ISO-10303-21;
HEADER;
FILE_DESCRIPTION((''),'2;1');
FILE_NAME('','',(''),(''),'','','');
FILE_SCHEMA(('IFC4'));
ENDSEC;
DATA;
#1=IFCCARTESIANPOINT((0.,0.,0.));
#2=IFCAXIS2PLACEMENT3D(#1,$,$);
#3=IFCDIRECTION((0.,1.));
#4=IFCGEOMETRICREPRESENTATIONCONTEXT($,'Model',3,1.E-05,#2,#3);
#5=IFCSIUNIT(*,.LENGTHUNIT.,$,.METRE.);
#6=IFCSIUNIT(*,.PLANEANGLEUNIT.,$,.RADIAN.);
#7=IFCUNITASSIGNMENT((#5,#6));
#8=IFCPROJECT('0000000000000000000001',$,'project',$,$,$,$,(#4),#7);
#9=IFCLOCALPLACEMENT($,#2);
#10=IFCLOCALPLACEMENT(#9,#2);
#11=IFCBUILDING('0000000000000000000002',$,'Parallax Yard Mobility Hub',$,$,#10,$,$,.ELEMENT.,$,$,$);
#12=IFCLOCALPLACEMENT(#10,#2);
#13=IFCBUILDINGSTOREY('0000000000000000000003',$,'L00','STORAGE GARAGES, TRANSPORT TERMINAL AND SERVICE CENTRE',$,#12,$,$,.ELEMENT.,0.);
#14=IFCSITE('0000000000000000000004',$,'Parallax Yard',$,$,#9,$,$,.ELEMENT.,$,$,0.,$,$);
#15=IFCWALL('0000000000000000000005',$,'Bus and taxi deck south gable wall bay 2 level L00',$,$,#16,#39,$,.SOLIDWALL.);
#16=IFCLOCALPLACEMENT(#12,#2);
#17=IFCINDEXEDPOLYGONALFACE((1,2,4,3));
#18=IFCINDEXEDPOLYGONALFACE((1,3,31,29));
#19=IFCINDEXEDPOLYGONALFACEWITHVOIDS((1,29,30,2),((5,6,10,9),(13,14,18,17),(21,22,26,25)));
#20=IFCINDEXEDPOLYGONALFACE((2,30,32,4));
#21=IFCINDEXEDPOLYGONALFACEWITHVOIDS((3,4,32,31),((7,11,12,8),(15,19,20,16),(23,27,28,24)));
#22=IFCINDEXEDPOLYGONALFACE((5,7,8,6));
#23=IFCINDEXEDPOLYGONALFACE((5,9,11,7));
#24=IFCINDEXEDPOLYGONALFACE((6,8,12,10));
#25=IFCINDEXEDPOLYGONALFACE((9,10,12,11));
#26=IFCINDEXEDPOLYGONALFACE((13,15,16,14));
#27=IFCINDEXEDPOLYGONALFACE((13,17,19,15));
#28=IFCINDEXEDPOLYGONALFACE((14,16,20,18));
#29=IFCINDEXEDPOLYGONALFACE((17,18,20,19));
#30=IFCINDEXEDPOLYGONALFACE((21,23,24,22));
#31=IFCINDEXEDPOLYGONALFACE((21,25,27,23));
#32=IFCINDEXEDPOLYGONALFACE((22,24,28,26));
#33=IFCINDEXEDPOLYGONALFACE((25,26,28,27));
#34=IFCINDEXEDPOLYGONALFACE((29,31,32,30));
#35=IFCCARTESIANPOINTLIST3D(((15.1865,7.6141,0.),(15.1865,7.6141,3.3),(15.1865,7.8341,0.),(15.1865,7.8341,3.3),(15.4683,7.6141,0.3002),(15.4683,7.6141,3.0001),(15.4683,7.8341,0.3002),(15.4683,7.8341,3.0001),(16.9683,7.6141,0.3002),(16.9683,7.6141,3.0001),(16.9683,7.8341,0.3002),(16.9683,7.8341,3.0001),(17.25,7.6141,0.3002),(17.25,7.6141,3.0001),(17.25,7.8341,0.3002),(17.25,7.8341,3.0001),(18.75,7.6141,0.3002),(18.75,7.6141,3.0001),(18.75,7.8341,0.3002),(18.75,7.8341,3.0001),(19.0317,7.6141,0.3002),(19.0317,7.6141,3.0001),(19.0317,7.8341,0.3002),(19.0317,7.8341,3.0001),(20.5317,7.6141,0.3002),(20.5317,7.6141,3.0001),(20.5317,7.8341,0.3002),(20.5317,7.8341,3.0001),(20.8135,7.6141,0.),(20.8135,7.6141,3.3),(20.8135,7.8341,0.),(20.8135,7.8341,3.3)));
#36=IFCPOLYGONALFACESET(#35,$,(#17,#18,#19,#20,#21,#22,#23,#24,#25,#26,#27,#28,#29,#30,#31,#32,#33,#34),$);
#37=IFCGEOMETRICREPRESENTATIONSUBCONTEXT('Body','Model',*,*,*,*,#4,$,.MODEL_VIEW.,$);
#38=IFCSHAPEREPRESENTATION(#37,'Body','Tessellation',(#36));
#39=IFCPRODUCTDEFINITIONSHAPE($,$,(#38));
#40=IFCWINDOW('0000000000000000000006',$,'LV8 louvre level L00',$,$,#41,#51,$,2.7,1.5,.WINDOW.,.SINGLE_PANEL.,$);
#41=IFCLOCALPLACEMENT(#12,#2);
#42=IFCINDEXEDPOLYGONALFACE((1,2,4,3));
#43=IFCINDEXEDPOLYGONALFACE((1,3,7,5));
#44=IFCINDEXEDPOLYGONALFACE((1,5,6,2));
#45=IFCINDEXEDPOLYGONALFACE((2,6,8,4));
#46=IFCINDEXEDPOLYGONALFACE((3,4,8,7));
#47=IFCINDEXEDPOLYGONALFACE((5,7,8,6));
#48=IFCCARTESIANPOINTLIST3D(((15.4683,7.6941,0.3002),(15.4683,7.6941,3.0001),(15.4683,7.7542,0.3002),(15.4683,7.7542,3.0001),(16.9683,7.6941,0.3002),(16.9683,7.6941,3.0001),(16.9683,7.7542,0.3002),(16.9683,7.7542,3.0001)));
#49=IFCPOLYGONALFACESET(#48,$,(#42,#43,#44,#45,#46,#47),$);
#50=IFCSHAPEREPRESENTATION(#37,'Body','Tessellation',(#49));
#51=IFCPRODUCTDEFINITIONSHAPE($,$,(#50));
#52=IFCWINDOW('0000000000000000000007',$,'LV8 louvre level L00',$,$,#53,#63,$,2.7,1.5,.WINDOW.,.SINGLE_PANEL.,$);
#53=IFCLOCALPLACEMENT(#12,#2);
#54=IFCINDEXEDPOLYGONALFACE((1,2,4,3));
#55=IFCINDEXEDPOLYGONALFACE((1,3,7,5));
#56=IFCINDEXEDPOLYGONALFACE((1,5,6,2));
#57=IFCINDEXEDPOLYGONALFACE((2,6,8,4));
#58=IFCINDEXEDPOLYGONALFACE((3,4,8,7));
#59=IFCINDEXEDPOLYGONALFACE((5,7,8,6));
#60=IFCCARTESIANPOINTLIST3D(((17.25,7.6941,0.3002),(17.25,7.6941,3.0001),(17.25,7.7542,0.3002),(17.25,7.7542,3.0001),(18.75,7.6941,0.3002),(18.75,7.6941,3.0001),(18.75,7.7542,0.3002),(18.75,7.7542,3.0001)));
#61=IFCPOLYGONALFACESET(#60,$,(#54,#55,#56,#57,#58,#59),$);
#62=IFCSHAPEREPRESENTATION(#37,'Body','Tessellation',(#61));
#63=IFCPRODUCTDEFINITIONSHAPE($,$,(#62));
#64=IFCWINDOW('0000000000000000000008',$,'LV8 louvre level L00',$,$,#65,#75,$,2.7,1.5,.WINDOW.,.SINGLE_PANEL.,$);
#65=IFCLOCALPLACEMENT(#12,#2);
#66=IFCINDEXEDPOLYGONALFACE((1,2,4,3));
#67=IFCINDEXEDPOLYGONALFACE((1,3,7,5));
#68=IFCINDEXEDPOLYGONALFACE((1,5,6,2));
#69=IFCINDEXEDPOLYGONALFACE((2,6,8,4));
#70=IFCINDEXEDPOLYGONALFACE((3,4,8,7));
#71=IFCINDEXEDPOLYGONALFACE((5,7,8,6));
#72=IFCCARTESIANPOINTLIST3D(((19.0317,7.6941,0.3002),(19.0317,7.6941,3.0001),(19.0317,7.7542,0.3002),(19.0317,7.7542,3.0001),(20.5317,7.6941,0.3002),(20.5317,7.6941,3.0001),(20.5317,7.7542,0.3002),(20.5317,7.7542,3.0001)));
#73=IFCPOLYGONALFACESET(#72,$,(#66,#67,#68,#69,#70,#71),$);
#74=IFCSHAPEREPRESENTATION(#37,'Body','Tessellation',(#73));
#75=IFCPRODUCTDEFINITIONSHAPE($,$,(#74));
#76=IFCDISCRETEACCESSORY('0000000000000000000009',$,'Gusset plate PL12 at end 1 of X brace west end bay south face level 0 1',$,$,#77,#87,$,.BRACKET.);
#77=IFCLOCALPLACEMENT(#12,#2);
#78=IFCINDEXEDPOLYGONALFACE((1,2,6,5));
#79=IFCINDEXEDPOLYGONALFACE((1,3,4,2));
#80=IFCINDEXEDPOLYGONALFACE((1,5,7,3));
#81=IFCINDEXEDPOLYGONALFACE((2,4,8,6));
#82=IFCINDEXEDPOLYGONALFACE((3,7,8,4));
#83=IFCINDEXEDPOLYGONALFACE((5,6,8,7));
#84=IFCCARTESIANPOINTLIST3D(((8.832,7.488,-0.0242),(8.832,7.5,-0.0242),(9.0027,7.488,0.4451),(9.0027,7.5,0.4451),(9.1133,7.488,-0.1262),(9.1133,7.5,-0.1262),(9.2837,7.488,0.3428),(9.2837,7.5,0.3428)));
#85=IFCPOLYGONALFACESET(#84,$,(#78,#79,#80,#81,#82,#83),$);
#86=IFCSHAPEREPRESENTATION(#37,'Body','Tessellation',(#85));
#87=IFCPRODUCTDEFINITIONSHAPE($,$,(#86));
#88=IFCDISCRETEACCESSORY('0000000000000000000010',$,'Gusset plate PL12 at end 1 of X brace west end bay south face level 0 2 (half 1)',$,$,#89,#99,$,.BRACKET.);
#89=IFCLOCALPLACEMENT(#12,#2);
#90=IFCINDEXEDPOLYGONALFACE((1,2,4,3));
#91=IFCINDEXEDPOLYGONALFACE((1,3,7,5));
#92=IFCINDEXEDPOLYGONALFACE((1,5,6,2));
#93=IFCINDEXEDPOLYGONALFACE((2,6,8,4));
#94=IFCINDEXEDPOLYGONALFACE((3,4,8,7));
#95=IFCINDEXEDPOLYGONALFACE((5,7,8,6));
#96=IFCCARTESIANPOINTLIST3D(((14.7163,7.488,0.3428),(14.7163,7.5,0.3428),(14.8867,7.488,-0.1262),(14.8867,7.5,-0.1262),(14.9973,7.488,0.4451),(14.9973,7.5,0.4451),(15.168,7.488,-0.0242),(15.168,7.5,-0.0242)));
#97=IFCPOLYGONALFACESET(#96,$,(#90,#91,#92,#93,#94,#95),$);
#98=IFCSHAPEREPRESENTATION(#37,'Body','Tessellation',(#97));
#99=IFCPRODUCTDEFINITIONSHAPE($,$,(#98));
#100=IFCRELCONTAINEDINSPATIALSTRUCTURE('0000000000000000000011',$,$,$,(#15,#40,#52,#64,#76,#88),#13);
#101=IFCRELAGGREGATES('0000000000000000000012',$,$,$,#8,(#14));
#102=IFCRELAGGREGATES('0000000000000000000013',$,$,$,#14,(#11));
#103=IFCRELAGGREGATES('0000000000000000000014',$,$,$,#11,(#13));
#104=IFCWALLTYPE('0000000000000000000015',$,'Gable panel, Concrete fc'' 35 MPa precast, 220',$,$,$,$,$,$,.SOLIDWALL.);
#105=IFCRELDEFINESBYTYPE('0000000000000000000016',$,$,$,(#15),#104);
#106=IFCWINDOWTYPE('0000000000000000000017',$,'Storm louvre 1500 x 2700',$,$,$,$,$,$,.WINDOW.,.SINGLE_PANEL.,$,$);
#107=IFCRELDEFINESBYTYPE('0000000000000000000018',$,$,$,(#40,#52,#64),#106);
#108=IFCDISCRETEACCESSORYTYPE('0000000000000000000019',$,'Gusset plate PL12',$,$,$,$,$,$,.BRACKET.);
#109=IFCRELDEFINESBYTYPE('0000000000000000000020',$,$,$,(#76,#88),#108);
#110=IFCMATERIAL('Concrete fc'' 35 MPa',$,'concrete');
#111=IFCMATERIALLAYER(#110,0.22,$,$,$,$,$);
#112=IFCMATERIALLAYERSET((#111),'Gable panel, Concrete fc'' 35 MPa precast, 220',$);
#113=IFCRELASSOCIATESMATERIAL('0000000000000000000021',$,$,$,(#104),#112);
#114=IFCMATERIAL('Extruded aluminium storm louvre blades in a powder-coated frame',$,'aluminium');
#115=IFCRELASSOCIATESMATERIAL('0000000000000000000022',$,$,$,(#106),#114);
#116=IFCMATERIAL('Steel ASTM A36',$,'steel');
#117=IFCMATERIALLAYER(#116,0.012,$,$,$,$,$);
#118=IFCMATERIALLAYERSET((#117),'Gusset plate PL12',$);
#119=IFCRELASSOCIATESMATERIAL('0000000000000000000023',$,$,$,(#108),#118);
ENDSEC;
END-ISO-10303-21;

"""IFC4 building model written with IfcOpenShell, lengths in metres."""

from ifc_helpers import new_model, si_unit, direction, frame, frame_2d, origin, place, context, subcontext, project, spatial, polyline, rectangle, outline, extrude, material, layer, layer_set, type_object, element, fill, save


model = new_model("IFC4")

# Units and contexts
model_context = context("Model", 3, precision=1e-05, world=origin(), true_north=direction((0.0, 1.0)))
body_context = subcontext(model_context, "Body", "Model", "MODEL_VIEW")
ifc_project = project(units=[si_unit("LENGTHUNIT", "METRE"), si_unit("PLANEANGLEUNIT", "RADIAN")], contexts=[model_context])

# Site, building, storey
site_placement = place(None, origin())
site = spatial("IfcSite", under=ifc_project, at=site_placement, Name="Parallax Yard", CompositionType="ELEMENT", RefElevation=0.0)
building_placement = place(site_placement, origin())
building = spatial("IfcBuilding", under=site, at=building_placement, Name="Parallax Yard Mobility Hub", CompositionType="ELEMENT")
storey_placement = place(building_placement, origin())
storey = spatial("IfcBuildingStorey", under=building, at=storey_placement, Name="L00", Description="STORAGE GARAGES, TRANSPORT TERMINAL AND SERVICE CENTRE", CompositionType="ELEMENT", Elevation=0.0)

# Shared definitions
ifc_material_1 = material(Name="Concrete fc' 35 MPa", Category="concrete")
ifc_layer_1 = layer(ifc_material_1, 0.22)
ifc_layer_set_1 = layer_set([ifc_layer_1], Name="Gable panel, Concrete fc' 35 MPa precast, 220")
wall_type = type_object("IfcWallType", Name="Gable panel, Concrete fc' 35 MPa precast, 220", PredefinedType="SOLIDWALL", material=ifc_layer_set_1)
ifc_material_2 = material(Name="Extruded aluminium storm louvre blades in a powder-coated frame", Category="aluminium")
window_type = type_object("IfcWindowType", Name="Storm louvre 1500 x 2700", PartitioningType="SINGLE_PANEL", PredefinedType="WINDOW", material=ifc_material_2)

# Wall, openings, windows
wall_1_placement = place(storey_placement, frame((15.1865, 7.7241, 0.0), z_axis=(0.0, 0.0, 1.0), x_axis=(1.0, 0.0, 0.0)))
wall_1 = element("IfcWall", 1, at=wall_1_placement, inside=storey, type_object=wall_type, Name="Bus and taxi deck south gable wall bay 2 level L00", PredefinedType="SOLIDWALL", context=body_context, shape_type="SweptSolid", body=[
    extrude(rectangle(XDim=5.627, YDim=0.22, at=frame_2d((2.8135, 0.0))), origin(), (0.0, 0.0, 1.0), 3.3),
])
opening_1_placement = place(wall_1_placement, frame((0.2817, 0.0, 0.3)))
opening_1 = element("IfcOpeningElement", 2, at=opening_1_placement, cuts=wall_1, PredefinedType="OPENING", context=body_context, shape_type="SweptSolid", body=[
    extrude(rectangle(XDim=1.5, YDim=2.7, at=frame_2d((0.75, 1.3501))), frame((0.0, 0.1201, 0.0), z_axis=(0.0, -1.0, 0.0), x_axis=(1.0, 0.0, 0.0)), (0.0, 0.0, 1.0), 0.24),
])
opening_2_placement = place(wall_1_placement, frame((2.0635, 0.0, 0.3)))
opening_2 = element("IfcOpeningElement", 3, at=opening_2_placement, cuts=wall_1, PredefinedType="OPENING", context=body_context, shape_type="SweptSolid", body=[
    extrude(rectangle(XDim=1.5, YDim=2.7, at=frame_2d((0.75, 1.3501))), frame((0.0, 0.1201, 0.0), z_axis=(0.0, -1.0, 0.0), x_axis=(1.0, 0.0, 0.0)), (0.0, 0.0, 1.0), 0.24),
])
opening_3_placement = place(wall_1_placement, frame((3.8452, 0.0, 0.3)))
opening_3 = element("IfcOpeningElement", 4, at=opening_3_placement, cuts=wall_1, PredefinedType="OPENING", context=body_context, shape_type="SweptSolid", body=[
    extrude(rectangle(XDim=1.5, YDim=2.7, at=frame_2d((0.75, 1.3501))), frame((0.0, 0.1201, 0.0), z_axis=(0.0, -1.0, 0.0), x_axis=(1.0, 0.0, 0.0)), (0.0, 0.0, 1.0), 0.24),
])
window_1_placement = place(opening_1_placement, origin())
window_1 = element("IfcWindow", 5, at=window_1_placement, inside=storey, type_object=window_type, Name="LV8 louvre level L00", OverallHeight=2.7, OverallWidth=1.5, PartitioningType="SINGLE_PANEL", PredefinedType="WINDOW", context=body_context, shape_type="SweptSolid", body=[
    extrude(rectangle(XDim=1.5, YDim=2.7, at=frame_2d((0.75, 1.3501))), frame((0.0, 0.03, 0.0), z_axis=(0.0, -1.0, 0.0), x_axis=(1.0, 0.0, 0.0)), (0.0, 0.0, 1.0), 0.0601),
])
fill(opening_1, window_1)
window_2_placement = place(opening_2_placement, origin())
window_2 = element("IfcWindow", 6, at=window_2_placement, inside=storey, type_object=window_type, Name="LV8 louvre level L00", OverallHeight=2.7, OverallWidth=1.5, PartitioningType="SINGLE_PANEL", PredefinedType="WINDOW", context=body_context, shape_type="SweptSolid", body=[
    extrude(rectangle(XDim=1.5, YDim=2.7, at=frame_2d((0.75, 1.3501))), frame((0.0, 0.03, 0.0), z_axis=(0.0, -1.0, 0.0), x_axis=(1.0, 0.0, 0.0)), (0.0, 0.0, 1.0), 0.0601),
])
fill(opening_2, window_2)
window_3_placement = place(opening_3_placement, origin())
window_3 = element("IfcWindow", 7, at=window_3_placement, inside=storey, type_object=window_type, Name="LV8 louvre level L00", OverallHeight=2.7, OverallWidth=1.5, PartitioningType="SINGLE_PANEL", PredefinedType="WINDOW", context=body_context, shape_type="SweptSolid", body=[
    extrude(rectangle(XDim=1.5, YDim=2.7, at=frame_2d((0.75, 1.3501))), frame((0.0, 0.03, 0.0), z_axis=(0.0, -1.0, 0.0), x_axis=(1.0, 0.0, 0.0)), (0.0, 0.0, 1.0), 0.0601),
])
fill(opening_3, window_3)

# Discrete accessories
ifc_material_3 = material(Name="Steel ASTM A36", Category="steel")
ifc_layer_2 = layer(ifc_material_3, 0.012)
ifc_layer_set_2 = layer_set([ifc_layer_2], Name="Gusset plate PL12")
discrete_accessory_type = type_object("IfcDiscreteAccessoryType", Name="Gusset plate PL12", PredefinedType="BRACKET", material=ifc_layer_set_2)
discrete_accessory_1_placement = place(storey_placement, frame((9.2837, 7.5, 0.3428), z_axis=(0.0, 1.0, 0.0), x_axis=(-0.341507, 0.0, -0.939879)))
element("IfcDiscreteAccessory", 8, at=discrete_accessory_1_placement, inside=storey, type_object=discrete_accessory_type, Name="Gusset plate PL12 at end 1 of X brace west end bay south face level 0 1", PredefinedType="BRACKET", context=body_context, shape_type="SweptSolid", body=[
    extrude(outline(polyline([(0.0, 0.0), (0.499, 0.0), (0.4991, 0.2992), (-0.0002, 0.299), (0.0, 0.0)])), origin(), (0.0, 0.0, -1.0), 0.012),
])
discrete_accessory_2_placement = place(storey_placement, frame((14.9973, 7.5, 0.4451), z_axis=(0.0, 1.0, 0.0), x_axis=(0.341782, 0.0, -0.939779)))
element("IfcDiscreteAccessory", 9, at=discrete_accessory_2_placement, inside=storey, type_object=discrete_accessory_type, Name="Gusset plate PL12 at end 1 of X brace west end bay south face level 0 2 (half 1)", PredefinedType="BRACKET", context=body_context, shape_type="SweptSolid", body=[
    extrude(outline(polyline([(0.0, 0.0), (0.4993, 0.0), (0.4991, 0.2992), (0.0001, 0.299), (0.0, 0.0)])), origin(), (0.0, 0.0, -1.0), 0.012),
])

save(model, "model.ifc")
